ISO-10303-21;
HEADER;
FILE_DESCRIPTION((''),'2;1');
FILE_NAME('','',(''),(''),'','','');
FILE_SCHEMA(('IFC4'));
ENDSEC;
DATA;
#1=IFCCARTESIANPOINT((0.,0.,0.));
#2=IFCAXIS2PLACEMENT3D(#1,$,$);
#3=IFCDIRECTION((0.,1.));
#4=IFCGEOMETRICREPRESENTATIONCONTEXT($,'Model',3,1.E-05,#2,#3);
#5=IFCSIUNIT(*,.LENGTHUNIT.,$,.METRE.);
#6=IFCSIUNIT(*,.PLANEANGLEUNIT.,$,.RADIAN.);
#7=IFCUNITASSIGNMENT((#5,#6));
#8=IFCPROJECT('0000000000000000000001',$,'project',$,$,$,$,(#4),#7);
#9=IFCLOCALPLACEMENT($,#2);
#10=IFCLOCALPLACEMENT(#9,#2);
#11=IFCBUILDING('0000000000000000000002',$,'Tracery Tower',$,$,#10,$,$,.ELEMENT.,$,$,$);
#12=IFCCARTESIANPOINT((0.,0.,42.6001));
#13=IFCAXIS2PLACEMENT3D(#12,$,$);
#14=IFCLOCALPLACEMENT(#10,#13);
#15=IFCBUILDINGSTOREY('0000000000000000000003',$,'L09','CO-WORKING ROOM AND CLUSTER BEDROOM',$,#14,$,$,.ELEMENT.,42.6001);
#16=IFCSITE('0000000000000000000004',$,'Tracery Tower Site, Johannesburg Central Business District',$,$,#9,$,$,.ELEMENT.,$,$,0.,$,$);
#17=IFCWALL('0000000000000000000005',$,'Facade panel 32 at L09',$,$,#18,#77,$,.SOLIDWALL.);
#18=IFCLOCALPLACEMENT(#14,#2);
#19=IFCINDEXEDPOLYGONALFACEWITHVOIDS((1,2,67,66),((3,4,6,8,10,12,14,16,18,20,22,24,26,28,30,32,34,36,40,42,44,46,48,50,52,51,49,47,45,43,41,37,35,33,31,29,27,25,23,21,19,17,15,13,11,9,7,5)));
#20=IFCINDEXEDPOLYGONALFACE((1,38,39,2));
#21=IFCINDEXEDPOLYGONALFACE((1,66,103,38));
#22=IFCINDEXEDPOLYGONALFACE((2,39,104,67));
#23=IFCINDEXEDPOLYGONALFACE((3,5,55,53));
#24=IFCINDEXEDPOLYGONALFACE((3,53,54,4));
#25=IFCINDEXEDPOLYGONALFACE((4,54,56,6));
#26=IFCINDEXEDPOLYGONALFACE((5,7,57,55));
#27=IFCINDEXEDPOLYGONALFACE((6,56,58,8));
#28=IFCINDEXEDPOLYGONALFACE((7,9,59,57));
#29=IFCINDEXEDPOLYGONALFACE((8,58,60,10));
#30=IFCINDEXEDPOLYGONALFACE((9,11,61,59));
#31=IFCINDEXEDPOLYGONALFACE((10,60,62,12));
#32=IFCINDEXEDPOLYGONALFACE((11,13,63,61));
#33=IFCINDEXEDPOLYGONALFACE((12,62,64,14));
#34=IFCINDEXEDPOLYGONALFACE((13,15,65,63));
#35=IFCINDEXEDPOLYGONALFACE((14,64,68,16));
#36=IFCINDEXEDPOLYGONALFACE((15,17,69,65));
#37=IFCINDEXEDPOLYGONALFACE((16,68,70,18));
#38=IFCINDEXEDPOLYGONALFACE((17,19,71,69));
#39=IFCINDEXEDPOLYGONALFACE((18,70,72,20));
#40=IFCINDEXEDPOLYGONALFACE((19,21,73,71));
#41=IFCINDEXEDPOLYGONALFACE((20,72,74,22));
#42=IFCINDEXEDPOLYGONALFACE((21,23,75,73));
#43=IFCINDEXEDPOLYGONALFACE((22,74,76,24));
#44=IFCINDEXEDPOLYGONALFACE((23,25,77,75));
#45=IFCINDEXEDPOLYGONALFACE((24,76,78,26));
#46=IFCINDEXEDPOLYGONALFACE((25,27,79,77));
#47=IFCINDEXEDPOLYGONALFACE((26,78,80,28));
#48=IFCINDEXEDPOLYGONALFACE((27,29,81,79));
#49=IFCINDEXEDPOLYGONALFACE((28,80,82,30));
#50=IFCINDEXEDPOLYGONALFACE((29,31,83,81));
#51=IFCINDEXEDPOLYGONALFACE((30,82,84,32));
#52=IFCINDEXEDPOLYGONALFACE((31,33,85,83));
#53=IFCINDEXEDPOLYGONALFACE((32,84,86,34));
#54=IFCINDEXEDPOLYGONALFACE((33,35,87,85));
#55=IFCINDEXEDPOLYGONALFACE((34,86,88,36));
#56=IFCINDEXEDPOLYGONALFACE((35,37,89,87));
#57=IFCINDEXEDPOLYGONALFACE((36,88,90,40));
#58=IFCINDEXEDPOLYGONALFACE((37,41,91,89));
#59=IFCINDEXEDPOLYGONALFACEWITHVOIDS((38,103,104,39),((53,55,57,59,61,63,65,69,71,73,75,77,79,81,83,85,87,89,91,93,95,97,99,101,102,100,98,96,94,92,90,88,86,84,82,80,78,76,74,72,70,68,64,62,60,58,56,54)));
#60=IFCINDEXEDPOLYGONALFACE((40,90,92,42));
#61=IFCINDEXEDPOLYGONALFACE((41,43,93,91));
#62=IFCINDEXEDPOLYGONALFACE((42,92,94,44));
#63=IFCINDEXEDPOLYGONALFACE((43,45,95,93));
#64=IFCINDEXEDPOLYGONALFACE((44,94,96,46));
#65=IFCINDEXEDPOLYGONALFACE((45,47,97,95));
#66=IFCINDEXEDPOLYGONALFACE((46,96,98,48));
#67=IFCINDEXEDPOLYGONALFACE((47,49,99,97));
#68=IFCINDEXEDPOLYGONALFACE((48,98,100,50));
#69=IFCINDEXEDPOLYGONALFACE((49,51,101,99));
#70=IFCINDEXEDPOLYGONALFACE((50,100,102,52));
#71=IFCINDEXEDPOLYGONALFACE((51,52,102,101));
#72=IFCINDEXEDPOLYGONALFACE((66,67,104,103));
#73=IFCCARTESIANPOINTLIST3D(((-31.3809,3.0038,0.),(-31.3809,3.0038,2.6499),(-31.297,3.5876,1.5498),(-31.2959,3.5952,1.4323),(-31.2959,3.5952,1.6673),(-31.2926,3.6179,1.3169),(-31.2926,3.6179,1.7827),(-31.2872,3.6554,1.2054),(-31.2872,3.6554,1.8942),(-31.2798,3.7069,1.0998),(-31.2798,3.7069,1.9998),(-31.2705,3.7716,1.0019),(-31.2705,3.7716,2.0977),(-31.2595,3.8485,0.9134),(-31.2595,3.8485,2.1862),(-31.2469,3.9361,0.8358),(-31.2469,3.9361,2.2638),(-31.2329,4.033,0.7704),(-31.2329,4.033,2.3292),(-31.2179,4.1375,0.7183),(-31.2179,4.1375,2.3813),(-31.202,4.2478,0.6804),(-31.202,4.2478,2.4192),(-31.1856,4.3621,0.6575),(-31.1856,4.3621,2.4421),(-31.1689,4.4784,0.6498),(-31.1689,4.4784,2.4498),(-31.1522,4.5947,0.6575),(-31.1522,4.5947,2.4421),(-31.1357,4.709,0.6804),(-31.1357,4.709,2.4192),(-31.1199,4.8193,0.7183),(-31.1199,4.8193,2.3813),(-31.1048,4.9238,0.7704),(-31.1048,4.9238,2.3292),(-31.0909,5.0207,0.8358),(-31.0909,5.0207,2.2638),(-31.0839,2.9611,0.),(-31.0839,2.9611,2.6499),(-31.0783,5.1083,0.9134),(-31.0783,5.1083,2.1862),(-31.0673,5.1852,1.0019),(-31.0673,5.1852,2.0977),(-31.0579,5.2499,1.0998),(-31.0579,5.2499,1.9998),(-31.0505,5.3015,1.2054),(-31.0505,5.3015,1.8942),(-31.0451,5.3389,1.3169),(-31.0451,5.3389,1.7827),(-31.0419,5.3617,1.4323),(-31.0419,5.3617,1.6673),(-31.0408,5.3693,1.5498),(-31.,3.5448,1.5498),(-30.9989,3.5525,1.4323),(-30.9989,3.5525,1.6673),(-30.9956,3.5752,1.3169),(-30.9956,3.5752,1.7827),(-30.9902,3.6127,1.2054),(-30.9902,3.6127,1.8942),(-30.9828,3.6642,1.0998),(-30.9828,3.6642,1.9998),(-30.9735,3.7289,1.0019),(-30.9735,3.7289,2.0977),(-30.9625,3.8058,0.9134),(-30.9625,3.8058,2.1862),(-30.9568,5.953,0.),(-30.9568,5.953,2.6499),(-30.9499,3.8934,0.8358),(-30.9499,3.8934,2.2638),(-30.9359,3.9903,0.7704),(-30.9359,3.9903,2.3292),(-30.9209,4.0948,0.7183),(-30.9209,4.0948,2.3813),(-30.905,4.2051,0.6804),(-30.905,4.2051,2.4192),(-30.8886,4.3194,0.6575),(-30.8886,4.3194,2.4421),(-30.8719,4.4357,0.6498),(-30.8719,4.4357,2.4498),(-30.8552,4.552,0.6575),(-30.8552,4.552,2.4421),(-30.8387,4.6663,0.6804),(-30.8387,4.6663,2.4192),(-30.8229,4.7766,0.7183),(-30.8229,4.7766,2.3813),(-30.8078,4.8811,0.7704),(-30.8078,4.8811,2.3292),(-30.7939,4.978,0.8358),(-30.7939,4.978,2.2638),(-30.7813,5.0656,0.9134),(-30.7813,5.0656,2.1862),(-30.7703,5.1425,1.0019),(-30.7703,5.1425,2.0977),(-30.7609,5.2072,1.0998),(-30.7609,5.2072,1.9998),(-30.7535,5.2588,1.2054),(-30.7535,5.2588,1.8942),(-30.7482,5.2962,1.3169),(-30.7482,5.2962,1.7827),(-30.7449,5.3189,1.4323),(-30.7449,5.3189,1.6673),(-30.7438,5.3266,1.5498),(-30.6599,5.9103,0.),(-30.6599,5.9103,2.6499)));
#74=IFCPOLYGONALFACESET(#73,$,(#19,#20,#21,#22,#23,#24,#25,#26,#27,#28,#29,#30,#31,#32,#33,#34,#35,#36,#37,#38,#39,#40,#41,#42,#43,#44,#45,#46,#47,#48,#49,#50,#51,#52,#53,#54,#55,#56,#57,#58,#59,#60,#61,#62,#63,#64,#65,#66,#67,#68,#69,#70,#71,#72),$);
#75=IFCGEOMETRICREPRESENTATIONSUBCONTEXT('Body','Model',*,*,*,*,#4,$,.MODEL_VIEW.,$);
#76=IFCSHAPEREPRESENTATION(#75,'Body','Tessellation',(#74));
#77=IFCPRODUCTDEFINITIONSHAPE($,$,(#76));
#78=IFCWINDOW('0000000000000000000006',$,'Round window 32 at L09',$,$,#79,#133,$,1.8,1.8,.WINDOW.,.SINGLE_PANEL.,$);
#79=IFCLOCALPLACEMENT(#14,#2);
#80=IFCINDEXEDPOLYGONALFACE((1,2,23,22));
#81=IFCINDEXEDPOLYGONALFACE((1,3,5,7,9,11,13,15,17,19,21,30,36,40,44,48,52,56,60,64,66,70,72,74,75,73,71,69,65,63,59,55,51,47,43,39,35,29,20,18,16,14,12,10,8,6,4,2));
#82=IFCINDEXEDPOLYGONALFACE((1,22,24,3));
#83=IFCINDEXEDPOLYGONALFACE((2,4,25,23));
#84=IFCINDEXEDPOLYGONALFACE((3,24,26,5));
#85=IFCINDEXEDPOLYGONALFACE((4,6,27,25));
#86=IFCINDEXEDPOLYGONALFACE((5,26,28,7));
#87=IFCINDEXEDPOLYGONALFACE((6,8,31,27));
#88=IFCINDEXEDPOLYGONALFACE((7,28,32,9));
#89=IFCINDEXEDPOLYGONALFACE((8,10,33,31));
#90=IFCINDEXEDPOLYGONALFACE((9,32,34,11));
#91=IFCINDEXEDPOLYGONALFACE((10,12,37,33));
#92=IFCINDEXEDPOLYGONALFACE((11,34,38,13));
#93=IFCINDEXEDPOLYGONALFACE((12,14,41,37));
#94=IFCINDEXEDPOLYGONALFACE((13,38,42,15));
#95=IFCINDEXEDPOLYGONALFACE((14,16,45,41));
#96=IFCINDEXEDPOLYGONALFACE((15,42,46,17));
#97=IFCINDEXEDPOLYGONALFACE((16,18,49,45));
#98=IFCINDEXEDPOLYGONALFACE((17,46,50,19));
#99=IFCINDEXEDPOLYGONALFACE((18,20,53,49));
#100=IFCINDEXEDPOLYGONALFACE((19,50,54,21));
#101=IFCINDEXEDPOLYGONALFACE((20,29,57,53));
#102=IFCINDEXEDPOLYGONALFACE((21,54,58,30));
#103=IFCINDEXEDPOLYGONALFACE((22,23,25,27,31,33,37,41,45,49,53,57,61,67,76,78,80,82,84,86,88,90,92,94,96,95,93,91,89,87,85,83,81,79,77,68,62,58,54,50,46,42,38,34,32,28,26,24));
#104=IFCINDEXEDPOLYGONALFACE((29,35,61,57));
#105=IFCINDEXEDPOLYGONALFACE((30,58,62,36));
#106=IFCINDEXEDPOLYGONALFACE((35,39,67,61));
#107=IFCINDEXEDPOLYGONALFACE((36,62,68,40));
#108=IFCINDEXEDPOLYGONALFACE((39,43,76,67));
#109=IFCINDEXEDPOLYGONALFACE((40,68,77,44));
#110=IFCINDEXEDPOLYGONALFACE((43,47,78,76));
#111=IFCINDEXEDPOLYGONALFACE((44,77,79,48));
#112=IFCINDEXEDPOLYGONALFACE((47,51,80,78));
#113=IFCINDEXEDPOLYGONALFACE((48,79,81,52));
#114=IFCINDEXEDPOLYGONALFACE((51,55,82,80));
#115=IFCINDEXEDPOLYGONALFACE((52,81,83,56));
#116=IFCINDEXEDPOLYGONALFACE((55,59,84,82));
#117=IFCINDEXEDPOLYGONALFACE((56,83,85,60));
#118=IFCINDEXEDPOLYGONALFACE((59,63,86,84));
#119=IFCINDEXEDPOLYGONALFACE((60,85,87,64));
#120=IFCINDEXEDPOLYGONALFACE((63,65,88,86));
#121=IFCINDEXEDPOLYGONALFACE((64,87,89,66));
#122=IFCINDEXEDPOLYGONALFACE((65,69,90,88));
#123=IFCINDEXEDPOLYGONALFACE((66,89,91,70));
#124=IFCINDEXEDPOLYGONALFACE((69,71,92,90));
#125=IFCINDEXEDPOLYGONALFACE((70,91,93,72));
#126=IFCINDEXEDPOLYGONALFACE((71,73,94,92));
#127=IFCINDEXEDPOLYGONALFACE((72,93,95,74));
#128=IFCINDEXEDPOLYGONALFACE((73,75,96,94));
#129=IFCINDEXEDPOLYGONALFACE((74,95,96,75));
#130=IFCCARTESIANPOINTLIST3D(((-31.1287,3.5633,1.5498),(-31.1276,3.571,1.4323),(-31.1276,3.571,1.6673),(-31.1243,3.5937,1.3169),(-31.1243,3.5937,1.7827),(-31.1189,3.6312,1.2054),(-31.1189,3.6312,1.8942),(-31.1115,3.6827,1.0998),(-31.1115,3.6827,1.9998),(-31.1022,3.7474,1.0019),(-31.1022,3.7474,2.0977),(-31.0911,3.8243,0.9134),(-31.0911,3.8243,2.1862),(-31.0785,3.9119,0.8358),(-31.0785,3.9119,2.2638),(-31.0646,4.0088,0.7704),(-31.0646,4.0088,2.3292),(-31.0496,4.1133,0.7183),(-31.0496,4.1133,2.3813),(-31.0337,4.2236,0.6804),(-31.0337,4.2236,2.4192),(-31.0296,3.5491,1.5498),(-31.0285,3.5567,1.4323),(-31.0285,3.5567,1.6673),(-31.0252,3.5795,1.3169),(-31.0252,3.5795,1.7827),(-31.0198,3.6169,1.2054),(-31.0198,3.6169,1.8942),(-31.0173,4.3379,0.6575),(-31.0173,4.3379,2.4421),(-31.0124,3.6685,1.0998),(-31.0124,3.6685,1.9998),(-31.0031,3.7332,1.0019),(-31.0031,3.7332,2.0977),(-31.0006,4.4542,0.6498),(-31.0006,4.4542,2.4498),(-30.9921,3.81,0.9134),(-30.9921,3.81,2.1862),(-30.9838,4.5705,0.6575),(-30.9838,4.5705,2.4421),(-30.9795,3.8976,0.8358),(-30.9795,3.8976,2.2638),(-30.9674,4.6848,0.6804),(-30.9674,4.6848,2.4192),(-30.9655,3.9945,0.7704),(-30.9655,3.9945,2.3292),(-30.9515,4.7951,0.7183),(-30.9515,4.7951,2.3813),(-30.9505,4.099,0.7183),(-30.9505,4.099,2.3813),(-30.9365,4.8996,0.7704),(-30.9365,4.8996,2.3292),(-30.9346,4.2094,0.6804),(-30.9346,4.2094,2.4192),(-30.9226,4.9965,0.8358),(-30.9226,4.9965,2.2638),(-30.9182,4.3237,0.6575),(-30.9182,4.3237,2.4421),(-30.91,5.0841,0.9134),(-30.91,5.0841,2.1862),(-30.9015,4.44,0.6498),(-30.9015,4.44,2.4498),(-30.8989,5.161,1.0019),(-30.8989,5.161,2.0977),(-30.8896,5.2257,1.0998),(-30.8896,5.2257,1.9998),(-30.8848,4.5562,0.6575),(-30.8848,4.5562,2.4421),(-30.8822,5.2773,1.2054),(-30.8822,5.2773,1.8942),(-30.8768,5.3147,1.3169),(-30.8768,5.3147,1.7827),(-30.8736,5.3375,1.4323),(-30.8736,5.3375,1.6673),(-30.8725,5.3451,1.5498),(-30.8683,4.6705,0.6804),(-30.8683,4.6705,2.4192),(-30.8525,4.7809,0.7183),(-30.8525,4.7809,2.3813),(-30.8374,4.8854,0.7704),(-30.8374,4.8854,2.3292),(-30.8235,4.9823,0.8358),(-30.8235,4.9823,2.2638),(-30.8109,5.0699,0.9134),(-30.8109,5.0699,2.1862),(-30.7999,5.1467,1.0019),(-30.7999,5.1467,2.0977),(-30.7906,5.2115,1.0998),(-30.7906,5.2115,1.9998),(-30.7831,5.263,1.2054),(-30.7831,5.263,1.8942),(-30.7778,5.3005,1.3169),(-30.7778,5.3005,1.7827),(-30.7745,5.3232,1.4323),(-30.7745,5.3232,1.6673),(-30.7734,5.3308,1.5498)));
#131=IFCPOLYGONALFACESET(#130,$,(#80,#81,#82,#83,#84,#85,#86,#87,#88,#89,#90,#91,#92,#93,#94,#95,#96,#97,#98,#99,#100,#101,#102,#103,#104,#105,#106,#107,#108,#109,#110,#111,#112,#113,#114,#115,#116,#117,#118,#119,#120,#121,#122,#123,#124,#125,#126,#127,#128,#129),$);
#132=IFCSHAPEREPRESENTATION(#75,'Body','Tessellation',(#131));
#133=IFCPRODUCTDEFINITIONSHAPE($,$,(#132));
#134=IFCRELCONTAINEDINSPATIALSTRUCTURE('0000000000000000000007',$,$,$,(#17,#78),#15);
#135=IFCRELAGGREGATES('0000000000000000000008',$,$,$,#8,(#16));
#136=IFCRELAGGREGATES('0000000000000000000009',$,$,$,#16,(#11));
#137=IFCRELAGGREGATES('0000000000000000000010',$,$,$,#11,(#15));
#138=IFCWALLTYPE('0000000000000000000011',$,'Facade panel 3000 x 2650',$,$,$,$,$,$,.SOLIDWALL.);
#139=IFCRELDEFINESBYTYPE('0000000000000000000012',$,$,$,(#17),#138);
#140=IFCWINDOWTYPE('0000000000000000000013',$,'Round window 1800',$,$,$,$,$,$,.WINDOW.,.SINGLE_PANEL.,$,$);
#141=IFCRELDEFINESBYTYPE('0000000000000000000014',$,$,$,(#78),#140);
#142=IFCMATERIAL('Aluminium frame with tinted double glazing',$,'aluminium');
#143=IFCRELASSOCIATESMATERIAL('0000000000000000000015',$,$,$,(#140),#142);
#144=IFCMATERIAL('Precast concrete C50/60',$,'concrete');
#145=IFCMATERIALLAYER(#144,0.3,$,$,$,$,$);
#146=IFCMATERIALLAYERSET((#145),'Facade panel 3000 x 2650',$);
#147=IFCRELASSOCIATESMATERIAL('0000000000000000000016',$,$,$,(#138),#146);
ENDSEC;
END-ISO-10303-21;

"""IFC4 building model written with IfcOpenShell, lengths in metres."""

from ifc_helpers import new_model, si_unit, direction, frame, frame_2d, origin, origin_2d, place, context, subcontext, project, spatial, rectangle, circle, extrude, material, layer, layer_set, type_object, element, fill, save


model = new_model("IFC4")

# Units and contexts
model_context = context("Model", 3, precision=1e-05, world=origin(), true_north=direction((0.0, 1.0)))
body_context = subcontext(model_context, "Body", "Model", "MODEL_VIEW")
ifc_project = project(units=[si_unit("LENGTHUNIT", "METRE"), si_unit("PLANEANGLEUNIT", "RADIAN")], contexts=[model_context])

# Site, building, storey
site_placement = place(None, origin())
site = spatial("IfcSite", under=ifc_project, at=site_placement, Name="Tracery Tower Site, Johannesburg Central Business District", CompositionType="ELEMENT", RefElevation=0.0)
building_placement = place(site_placement, origin())
building = spatial("IfcBuilding", under=site, at=building_placement, Name="Tracery Tower", CompositionType="ELEMENT")
storey_placement = place(building_placement, frame((0.0, 0.0, 42.6001)))
storey = spatial("IfcBuildingStorey", under=building, at=storey_placement, Name="L09", Description="CO-WORKING ROOM AND CLUSTER BEDROOM", CompositionType="ELEMENT", Elevation=42.6001)

# Wall, opening, window
ifc_material_1 = material(Name="Aluminium frame with tinted double glazing", Category="aluminium")
window_type = type_object("IfcWindowType", Name="Round window 1800", PartitioningType="SINGLE_PANEL", PredefinedType="WINDOW", material=ifc_material_1)
ifc_material_2 = material(Name="Precast concrete C50/60", Category="concrete")
ifc_layer_1 = layer(ifc_material_2, 0.3)
ifc_layer_set_1 = layer_set([ifc_layer_1], Name="Facade panel 3000 x 2650")
wall_type_1 = type_object("IfcWallType", Name="Facade panel 3000 x 2650", PredefinedType="SOLIDWALL", material=ifc_layer_set_1)
wall_1_placement = place(storey_placement, frame((-30.8083, 5.9316, 0.0), z_axis=(0.0, 0.0, 1.0), x_axis=(-0.142328, -0.98982, 0.0)))
wall_1 = element("IfcWall", 1, at=wall_1_placement, inside=storey, type_object=wall_type_1, Name="Facade panel 32 at L09", PredefinedType="SOLIDWALL", context=body_context, shape_type="SweptSolid", body=[
    extrude(rectangle(XDim=2.9795, YDim=0.3, at=frame_2d((1.4897, 0.0))), origin(), (0.0, 0.0, 1.0), 2.6499),
])
opening_1_placement = place(wall_1_placement, frame((1.4897, 0.0, 1.5498)))
opening_1 = element("IfcOpeningElement", 2, at=opening_1_placement, cuts=wall_1, PredefinedType="OPENING", context=body_context, shape_type="SweptSolid", body=[
    extrude(circle(Radius=0.9, at=origin_2d()), frame((0.0, 0.1599, 0.0), z_axis=(0.0, -1.0, 0.0), x_axis=(1.0, 0.0, 0.0)), (0.0, 0.0, 1.0), 0.3201),
])
window_1_placement = place(opening_1_placement, origin())
window_1 = element("IfcWindow", 3, at=window_1_placement, inside=storey, type_object=window_type, Name="Round window 32 at L09", OverallHeight=1.8, OverallWidth=1.8, PartitioningType="SINGLE_PANEL", PredefinedType="WINDOW", context=body_context, shape_type="SweptSolid", body=[
    extrude(circle(Radius=0.9, at=origin_2d()), frame((0.0, 0.1201, 0.0), z_axis=(0.0, -1.0, 0.0), x_axis=(1.0, 0.0, 0.0)), (0.0, 0.0, 1.0), 0.1001),
])
fill(opening_1, window_1)

save(model, "model.ifc")
